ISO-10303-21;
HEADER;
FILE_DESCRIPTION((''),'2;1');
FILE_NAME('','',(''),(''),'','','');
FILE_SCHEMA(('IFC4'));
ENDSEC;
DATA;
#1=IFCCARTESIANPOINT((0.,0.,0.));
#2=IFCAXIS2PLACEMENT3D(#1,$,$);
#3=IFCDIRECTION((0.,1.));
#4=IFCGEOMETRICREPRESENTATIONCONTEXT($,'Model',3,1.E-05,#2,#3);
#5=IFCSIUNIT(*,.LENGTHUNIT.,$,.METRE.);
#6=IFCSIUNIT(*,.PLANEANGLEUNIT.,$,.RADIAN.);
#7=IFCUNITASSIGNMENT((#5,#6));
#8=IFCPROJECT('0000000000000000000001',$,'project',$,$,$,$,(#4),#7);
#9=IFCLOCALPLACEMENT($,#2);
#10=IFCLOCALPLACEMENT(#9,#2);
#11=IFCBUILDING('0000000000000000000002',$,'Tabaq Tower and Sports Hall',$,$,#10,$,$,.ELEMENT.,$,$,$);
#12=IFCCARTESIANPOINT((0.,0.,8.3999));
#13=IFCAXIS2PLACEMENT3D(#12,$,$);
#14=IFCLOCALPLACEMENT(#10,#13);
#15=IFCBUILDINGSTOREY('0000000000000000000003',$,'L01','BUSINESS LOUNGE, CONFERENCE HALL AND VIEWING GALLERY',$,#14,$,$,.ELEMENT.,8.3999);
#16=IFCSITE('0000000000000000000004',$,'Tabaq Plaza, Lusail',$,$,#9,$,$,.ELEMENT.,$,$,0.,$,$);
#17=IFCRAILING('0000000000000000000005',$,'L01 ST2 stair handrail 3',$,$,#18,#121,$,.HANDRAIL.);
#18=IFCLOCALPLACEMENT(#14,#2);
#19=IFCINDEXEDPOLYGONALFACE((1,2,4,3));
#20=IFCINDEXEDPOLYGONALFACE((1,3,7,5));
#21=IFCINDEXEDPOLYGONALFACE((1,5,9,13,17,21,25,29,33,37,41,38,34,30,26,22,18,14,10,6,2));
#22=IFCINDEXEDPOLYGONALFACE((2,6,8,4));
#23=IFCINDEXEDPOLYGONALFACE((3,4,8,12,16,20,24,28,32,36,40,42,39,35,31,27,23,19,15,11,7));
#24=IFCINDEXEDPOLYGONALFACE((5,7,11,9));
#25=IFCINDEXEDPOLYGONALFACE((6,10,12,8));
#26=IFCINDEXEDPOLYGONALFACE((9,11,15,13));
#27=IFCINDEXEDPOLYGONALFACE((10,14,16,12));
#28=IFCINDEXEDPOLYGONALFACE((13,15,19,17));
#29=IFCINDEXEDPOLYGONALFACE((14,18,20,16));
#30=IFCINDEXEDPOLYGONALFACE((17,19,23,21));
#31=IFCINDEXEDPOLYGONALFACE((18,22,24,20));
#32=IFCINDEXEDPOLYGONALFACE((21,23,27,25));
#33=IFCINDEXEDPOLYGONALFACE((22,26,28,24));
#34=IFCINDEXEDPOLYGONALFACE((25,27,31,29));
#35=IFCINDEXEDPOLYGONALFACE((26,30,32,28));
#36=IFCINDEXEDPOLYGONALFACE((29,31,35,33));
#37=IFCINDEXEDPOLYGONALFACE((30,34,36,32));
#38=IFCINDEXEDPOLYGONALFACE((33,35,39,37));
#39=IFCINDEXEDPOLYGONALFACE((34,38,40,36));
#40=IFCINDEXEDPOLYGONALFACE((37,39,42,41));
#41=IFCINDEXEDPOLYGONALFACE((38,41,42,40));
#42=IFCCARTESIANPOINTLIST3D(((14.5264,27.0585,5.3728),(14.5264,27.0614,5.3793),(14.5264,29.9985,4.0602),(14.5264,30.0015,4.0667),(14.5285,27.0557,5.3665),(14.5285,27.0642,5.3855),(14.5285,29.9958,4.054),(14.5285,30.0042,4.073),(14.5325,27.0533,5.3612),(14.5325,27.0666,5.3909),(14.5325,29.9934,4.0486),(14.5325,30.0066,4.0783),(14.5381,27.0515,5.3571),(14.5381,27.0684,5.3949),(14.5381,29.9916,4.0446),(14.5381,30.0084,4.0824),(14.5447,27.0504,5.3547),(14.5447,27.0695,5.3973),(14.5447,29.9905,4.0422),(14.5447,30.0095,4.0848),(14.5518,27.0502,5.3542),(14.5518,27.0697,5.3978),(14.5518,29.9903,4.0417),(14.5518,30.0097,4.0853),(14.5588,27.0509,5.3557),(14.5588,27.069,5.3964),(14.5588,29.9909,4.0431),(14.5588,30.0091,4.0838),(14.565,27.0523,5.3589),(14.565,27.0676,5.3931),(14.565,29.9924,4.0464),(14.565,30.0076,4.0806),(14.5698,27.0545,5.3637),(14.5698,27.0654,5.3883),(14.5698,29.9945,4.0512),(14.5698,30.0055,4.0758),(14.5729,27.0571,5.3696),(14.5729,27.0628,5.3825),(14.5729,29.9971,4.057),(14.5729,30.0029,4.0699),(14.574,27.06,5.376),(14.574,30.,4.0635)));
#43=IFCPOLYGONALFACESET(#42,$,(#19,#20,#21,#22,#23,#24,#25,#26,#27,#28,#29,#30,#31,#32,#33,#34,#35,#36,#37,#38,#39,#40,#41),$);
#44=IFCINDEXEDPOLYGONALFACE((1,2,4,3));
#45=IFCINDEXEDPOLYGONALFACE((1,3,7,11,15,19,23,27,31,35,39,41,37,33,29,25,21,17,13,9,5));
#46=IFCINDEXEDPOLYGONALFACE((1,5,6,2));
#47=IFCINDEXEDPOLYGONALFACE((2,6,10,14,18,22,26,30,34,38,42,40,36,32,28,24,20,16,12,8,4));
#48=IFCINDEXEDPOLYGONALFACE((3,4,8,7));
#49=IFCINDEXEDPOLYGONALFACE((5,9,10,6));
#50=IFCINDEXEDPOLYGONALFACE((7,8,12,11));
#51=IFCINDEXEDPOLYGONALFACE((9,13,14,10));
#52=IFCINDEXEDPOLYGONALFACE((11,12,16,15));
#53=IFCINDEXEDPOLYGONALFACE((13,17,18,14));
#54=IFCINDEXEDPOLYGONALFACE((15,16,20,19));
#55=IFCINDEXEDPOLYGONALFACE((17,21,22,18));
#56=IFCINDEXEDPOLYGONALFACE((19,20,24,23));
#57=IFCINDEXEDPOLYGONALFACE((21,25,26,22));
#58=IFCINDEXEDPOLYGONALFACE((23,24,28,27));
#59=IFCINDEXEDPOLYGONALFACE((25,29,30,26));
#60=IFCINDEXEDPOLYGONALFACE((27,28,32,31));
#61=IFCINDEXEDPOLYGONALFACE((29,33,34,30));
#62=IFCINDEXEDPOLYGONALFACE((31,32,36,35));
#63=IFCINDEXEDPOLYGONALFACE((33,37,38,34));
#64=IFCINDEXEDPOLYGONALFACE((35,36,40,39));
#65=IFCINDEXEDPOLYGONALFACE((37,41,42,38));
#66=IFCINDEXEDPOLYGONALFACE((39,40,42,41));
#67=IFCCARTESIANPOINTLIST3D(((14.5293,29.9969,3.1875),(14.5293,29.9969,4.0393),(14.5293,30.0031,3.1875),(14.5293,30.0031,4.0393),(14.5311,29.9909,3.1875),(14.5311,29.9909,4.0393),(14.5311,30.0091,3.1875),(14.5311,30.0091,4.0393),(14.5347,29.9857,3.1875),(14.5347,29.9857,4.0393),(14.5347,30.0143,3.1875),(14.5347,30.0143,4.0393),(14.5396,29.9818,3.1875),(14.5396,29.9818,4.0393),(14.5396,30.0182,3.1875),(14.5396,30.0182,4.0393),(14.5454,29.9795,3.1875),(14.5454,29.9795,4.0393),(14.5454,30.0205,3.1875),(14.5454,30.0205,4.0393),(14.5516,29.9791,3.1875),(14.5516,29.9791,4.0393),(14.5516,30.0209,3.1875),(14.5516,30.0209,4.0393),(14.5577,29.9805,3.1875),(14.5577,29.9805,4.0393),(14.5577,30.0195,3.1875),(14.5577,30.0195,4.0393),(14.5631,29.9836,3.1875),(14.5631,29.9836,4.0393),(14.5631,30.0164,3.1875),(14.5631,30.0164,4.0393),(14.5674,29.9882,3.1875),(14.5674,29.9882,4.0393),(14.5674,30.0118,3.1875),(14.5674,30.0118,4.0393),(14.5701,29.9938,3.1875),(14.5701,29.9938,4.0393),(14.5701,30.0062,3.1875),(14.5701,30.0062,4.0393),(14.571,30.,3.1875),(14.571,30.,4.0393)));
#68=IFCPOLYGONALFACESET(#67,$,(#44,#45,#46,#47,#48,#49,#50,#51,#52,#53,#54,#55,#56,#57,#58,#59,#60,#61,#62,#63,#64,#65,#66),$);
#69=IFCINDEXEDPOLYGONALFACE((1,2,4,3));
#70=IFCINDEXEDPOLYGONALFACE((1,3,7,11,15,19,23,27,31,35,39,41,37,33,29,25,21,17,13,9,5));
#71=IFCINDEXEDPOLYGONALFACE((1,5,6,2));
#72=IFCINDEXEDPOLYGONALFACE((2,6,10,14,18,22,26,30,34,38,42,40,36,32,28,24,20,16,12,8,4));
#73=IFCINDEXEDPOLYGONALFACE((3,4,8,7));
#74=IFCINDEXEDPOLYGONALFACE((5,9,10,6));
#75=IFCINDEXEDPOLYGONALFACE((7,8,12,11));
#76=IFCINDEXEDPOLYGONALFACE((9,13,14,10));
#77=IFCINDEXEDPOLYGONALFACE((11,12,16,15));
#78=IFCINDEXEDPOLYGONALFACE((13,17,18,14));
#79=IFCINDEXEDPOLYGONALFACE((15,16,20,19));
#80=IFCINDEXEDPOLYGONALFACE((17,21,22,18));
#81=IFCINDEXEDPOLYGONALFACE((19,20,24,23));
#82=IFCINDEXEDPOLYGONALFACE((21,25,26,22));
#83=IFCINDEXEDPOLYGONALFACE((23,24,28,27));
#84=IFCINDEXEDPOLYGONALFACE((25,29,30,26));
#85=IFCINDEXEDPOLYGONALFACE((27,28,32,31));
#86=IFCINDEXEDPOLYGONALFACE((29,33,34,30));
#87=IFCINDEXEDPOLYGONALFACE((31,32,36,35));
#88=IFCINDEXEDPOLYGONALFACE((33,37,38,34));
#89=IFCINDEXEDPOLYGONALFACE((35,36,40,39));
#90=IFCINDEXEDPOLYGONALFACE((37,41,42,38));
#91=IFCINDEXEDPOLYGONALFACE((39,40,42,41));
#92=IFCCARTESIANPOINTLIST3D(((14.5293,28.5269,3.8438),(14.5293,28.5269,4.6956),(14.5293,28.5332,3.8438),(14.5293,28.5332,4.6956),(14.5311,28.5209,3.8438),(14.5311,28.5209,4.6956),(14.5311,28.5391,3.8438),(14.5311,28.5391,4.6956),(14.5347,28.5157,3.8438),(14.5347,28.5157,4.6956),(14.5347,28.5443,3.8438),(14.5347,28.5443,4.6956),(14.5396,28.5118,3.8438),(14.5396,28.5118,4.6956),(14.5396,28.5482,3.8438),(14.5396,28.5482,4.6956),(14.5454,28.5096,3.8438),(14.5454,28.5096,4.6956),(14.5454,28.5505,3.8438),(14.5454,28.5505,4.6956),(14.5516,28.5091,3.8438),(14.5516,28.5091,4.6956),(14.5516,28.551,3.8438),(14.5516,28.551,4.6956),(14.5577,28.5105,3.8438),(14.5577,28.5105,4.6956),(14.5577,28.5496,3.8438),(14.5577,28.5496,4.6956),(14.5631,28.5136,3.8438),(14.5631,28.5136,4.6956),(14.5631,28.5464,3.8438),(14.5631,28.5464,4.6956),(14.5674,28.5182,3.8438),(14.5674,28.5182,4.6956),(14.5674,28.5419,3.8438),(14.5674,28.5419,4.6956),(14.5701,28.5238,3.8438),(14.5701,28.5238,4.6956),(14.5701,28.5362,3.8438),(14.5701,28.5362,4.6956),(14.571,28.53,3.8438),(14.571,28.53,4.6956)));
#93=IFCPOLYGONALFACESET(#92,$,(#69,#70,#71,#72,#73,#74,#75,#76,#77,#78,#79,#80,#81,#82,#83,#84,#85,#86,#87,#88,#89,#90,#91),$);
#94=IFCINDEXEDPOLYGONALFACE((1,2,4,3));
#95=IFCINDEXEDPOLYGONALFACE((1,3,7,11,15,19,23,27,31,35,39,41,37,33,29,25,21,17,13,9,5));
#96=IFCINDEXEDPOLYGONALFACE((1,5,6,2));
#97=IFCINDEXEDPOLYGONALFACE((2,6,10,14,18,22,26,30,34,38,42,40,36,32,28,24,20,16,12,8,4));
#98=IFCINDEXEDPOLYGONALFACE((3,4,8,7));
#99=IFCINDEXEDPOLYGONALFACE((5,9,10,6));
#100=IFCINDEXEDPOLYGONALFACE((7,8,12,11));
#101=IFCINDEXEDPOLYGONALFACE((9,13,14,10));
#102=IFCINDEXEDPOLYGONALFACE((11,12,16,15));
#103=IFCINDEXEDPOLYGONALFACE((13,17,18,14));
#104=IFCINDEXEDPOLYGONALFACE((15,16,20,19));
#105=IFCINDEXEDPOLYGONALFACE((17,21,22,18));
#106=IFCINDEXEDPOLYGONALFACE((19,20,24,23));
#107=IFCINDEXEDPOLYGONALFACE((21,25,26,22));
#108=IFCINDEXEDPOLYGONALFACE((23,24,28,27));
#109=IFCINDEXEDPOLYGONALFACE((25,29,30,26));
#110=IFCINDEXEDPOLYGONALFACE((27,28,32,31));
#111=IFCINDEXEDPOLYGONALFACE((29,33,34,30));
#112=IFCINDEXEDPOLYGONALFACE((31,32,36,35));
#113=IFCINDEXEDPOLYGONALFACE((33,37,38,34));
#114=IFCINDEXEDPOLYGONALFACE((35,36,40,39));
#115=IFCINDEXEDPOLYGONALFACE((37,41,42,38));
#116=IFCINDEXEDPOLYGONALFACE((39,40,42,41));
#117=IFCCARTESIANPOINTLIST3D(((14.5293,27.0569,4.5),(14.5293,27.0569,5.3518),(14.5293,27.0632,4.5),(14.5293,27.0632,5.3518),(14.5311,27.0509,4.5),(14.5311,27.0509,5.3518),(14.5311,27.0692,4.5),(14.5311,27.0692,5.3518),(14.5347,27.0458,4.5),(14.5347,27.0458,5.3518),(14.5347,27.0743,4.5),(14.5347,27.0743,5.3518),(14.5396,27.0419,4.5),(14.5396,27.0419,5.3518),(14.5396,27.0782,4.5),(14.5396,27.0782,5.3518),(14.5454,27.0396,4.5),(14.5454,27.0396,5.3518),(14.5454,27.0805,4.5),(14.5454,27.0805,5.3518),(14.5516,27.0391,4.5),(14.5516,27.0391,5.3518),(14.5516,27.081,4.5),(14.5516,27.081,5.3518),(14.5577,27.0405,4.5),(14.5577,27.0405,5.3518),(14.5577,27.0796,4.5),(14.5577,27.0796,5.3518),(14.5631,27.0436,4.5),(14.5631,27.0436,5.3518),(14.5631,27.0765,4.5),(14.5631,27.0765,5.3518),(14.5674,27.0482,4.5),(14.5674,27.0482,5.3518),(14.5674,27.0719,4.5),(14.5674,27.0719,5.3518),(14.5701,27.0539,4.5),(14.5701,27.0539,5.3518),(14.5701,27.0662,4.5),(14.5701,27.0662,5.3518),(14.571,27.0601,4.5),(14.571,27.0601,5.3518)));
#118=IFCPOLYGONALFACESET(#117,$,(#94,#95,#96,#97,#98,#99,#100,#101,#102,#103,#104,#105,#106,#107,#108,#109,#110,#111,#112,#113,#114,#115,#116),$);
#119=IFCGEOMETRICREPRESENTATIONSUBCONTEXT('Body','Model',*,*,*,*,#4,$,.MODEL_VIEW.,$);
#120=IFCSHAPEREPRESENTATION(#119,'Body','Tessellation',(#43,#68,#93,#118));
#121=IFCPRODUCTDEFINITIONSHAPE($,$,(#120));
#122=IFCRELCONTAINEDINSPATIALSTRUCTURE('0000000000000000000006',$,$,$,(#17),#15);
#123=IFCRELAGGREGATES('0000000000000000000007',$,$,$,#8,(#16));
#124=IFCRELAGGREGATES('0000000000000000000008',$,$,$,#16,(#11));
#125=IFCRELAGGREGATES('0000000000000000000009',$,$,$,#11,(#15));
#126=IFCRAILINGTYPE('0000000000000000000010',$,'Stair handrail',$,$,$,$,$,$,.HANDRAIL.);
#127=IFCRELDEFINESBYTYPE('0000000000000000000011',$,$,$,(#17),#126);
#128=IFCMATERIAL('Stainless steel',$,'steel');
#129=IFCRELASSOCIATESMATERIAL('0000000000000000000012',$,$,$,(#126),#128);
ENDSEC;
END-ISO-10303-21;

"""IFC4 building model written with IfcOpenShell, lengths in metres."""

from ifc_helpers import new_model, si_unit, direction, frame, origin, origin_2d, place, context, subcontext, project, spatial, circle, extrude, material, type_object, element, save


model = new_model("IFC4")

# Units and contexts
model_context = context("Model", 3, precision=1e-05, world=origin(), true_north=direction((0.0, 1.0)))
body_context = subcontext(model_context, "Body", "Model", "MODEL_VIEW")
ifc_project = project(units=[si_unit("LENGTHUNIT", "METRE"), si_unit("PLANEANGLEUNIT", "RADIAN")], contexts=[model_context])

# Site, building, storey
site_placement = place(None, origin())
site = spatial("IfcSite", under=ifc_project, at=site_placement, Name="Tabaq Plaza, Lusail", CompositionType="ELEMENT", RefElevation=0.0)
building_placement = place(site_placement, origin())
building = spatial("IfcBuilding", under=site, at=building_placement, Name="Tabaq Tower and Sports Hall", CompositionType="ELEMENT")
storey_placement = place(building_placement, frame((0.0, 0.0, 8.3999)))
storey = spatial("IfcBuildingStorey", under=building, at=storey_placement, Name="L01", Description="BUSINESS LOUNGE, CONFERENCE HALL AND VIEWING GALLERY", CompositionType="ELEMENT", Elevation=8.3999)

# Railing
ifc_material_1 = material(Name="Stainless steel", Category="steel")
railing_type_1 = type_object("IfcRailingType", Name="Stair handrail", PredefinedType="HANDRAIL", material=ifc_material_1)
railing_1_placement = place(storey_placement, frame((14.55, 30.0, 3.1875)))
element("IfcRailing", 1, at=railing_1_placement, inside=storey, type_object=railing_type_1, Name="L01 ST2 stair handrail 3", PredefinedType="HANDRAIL", context=body_context, shape_type="SweptSolid", body=[
    extrude(circle(Radius=0.0239, at=origin_2d()), frame((0.0, 0.0, 0.876), z_axis=(0.0, -0.913135, 0.407658), x_axis=(1.0, 0.0, 0.0)), (0.0, 0.0, 1.0), 3.2197),
    extrude(circle(Radius=0.021, at=origin_2d()), origin(), (0.0, 0.0, 1.0), 0.8518),
    extrude(circle(Radius=0.021, at=origin_2d()), frame((0.0, -1.47, 0.6562)), (0.0, 0.0, 1.0), 0.8518),
    extrude(circle(Radius=0.021, at=origin_2d()), frame((0.0, -2.9399, 1.3125)), (0.0, 0.0, 1.0), 0.8518),
])

save(model, "model.ifc")
